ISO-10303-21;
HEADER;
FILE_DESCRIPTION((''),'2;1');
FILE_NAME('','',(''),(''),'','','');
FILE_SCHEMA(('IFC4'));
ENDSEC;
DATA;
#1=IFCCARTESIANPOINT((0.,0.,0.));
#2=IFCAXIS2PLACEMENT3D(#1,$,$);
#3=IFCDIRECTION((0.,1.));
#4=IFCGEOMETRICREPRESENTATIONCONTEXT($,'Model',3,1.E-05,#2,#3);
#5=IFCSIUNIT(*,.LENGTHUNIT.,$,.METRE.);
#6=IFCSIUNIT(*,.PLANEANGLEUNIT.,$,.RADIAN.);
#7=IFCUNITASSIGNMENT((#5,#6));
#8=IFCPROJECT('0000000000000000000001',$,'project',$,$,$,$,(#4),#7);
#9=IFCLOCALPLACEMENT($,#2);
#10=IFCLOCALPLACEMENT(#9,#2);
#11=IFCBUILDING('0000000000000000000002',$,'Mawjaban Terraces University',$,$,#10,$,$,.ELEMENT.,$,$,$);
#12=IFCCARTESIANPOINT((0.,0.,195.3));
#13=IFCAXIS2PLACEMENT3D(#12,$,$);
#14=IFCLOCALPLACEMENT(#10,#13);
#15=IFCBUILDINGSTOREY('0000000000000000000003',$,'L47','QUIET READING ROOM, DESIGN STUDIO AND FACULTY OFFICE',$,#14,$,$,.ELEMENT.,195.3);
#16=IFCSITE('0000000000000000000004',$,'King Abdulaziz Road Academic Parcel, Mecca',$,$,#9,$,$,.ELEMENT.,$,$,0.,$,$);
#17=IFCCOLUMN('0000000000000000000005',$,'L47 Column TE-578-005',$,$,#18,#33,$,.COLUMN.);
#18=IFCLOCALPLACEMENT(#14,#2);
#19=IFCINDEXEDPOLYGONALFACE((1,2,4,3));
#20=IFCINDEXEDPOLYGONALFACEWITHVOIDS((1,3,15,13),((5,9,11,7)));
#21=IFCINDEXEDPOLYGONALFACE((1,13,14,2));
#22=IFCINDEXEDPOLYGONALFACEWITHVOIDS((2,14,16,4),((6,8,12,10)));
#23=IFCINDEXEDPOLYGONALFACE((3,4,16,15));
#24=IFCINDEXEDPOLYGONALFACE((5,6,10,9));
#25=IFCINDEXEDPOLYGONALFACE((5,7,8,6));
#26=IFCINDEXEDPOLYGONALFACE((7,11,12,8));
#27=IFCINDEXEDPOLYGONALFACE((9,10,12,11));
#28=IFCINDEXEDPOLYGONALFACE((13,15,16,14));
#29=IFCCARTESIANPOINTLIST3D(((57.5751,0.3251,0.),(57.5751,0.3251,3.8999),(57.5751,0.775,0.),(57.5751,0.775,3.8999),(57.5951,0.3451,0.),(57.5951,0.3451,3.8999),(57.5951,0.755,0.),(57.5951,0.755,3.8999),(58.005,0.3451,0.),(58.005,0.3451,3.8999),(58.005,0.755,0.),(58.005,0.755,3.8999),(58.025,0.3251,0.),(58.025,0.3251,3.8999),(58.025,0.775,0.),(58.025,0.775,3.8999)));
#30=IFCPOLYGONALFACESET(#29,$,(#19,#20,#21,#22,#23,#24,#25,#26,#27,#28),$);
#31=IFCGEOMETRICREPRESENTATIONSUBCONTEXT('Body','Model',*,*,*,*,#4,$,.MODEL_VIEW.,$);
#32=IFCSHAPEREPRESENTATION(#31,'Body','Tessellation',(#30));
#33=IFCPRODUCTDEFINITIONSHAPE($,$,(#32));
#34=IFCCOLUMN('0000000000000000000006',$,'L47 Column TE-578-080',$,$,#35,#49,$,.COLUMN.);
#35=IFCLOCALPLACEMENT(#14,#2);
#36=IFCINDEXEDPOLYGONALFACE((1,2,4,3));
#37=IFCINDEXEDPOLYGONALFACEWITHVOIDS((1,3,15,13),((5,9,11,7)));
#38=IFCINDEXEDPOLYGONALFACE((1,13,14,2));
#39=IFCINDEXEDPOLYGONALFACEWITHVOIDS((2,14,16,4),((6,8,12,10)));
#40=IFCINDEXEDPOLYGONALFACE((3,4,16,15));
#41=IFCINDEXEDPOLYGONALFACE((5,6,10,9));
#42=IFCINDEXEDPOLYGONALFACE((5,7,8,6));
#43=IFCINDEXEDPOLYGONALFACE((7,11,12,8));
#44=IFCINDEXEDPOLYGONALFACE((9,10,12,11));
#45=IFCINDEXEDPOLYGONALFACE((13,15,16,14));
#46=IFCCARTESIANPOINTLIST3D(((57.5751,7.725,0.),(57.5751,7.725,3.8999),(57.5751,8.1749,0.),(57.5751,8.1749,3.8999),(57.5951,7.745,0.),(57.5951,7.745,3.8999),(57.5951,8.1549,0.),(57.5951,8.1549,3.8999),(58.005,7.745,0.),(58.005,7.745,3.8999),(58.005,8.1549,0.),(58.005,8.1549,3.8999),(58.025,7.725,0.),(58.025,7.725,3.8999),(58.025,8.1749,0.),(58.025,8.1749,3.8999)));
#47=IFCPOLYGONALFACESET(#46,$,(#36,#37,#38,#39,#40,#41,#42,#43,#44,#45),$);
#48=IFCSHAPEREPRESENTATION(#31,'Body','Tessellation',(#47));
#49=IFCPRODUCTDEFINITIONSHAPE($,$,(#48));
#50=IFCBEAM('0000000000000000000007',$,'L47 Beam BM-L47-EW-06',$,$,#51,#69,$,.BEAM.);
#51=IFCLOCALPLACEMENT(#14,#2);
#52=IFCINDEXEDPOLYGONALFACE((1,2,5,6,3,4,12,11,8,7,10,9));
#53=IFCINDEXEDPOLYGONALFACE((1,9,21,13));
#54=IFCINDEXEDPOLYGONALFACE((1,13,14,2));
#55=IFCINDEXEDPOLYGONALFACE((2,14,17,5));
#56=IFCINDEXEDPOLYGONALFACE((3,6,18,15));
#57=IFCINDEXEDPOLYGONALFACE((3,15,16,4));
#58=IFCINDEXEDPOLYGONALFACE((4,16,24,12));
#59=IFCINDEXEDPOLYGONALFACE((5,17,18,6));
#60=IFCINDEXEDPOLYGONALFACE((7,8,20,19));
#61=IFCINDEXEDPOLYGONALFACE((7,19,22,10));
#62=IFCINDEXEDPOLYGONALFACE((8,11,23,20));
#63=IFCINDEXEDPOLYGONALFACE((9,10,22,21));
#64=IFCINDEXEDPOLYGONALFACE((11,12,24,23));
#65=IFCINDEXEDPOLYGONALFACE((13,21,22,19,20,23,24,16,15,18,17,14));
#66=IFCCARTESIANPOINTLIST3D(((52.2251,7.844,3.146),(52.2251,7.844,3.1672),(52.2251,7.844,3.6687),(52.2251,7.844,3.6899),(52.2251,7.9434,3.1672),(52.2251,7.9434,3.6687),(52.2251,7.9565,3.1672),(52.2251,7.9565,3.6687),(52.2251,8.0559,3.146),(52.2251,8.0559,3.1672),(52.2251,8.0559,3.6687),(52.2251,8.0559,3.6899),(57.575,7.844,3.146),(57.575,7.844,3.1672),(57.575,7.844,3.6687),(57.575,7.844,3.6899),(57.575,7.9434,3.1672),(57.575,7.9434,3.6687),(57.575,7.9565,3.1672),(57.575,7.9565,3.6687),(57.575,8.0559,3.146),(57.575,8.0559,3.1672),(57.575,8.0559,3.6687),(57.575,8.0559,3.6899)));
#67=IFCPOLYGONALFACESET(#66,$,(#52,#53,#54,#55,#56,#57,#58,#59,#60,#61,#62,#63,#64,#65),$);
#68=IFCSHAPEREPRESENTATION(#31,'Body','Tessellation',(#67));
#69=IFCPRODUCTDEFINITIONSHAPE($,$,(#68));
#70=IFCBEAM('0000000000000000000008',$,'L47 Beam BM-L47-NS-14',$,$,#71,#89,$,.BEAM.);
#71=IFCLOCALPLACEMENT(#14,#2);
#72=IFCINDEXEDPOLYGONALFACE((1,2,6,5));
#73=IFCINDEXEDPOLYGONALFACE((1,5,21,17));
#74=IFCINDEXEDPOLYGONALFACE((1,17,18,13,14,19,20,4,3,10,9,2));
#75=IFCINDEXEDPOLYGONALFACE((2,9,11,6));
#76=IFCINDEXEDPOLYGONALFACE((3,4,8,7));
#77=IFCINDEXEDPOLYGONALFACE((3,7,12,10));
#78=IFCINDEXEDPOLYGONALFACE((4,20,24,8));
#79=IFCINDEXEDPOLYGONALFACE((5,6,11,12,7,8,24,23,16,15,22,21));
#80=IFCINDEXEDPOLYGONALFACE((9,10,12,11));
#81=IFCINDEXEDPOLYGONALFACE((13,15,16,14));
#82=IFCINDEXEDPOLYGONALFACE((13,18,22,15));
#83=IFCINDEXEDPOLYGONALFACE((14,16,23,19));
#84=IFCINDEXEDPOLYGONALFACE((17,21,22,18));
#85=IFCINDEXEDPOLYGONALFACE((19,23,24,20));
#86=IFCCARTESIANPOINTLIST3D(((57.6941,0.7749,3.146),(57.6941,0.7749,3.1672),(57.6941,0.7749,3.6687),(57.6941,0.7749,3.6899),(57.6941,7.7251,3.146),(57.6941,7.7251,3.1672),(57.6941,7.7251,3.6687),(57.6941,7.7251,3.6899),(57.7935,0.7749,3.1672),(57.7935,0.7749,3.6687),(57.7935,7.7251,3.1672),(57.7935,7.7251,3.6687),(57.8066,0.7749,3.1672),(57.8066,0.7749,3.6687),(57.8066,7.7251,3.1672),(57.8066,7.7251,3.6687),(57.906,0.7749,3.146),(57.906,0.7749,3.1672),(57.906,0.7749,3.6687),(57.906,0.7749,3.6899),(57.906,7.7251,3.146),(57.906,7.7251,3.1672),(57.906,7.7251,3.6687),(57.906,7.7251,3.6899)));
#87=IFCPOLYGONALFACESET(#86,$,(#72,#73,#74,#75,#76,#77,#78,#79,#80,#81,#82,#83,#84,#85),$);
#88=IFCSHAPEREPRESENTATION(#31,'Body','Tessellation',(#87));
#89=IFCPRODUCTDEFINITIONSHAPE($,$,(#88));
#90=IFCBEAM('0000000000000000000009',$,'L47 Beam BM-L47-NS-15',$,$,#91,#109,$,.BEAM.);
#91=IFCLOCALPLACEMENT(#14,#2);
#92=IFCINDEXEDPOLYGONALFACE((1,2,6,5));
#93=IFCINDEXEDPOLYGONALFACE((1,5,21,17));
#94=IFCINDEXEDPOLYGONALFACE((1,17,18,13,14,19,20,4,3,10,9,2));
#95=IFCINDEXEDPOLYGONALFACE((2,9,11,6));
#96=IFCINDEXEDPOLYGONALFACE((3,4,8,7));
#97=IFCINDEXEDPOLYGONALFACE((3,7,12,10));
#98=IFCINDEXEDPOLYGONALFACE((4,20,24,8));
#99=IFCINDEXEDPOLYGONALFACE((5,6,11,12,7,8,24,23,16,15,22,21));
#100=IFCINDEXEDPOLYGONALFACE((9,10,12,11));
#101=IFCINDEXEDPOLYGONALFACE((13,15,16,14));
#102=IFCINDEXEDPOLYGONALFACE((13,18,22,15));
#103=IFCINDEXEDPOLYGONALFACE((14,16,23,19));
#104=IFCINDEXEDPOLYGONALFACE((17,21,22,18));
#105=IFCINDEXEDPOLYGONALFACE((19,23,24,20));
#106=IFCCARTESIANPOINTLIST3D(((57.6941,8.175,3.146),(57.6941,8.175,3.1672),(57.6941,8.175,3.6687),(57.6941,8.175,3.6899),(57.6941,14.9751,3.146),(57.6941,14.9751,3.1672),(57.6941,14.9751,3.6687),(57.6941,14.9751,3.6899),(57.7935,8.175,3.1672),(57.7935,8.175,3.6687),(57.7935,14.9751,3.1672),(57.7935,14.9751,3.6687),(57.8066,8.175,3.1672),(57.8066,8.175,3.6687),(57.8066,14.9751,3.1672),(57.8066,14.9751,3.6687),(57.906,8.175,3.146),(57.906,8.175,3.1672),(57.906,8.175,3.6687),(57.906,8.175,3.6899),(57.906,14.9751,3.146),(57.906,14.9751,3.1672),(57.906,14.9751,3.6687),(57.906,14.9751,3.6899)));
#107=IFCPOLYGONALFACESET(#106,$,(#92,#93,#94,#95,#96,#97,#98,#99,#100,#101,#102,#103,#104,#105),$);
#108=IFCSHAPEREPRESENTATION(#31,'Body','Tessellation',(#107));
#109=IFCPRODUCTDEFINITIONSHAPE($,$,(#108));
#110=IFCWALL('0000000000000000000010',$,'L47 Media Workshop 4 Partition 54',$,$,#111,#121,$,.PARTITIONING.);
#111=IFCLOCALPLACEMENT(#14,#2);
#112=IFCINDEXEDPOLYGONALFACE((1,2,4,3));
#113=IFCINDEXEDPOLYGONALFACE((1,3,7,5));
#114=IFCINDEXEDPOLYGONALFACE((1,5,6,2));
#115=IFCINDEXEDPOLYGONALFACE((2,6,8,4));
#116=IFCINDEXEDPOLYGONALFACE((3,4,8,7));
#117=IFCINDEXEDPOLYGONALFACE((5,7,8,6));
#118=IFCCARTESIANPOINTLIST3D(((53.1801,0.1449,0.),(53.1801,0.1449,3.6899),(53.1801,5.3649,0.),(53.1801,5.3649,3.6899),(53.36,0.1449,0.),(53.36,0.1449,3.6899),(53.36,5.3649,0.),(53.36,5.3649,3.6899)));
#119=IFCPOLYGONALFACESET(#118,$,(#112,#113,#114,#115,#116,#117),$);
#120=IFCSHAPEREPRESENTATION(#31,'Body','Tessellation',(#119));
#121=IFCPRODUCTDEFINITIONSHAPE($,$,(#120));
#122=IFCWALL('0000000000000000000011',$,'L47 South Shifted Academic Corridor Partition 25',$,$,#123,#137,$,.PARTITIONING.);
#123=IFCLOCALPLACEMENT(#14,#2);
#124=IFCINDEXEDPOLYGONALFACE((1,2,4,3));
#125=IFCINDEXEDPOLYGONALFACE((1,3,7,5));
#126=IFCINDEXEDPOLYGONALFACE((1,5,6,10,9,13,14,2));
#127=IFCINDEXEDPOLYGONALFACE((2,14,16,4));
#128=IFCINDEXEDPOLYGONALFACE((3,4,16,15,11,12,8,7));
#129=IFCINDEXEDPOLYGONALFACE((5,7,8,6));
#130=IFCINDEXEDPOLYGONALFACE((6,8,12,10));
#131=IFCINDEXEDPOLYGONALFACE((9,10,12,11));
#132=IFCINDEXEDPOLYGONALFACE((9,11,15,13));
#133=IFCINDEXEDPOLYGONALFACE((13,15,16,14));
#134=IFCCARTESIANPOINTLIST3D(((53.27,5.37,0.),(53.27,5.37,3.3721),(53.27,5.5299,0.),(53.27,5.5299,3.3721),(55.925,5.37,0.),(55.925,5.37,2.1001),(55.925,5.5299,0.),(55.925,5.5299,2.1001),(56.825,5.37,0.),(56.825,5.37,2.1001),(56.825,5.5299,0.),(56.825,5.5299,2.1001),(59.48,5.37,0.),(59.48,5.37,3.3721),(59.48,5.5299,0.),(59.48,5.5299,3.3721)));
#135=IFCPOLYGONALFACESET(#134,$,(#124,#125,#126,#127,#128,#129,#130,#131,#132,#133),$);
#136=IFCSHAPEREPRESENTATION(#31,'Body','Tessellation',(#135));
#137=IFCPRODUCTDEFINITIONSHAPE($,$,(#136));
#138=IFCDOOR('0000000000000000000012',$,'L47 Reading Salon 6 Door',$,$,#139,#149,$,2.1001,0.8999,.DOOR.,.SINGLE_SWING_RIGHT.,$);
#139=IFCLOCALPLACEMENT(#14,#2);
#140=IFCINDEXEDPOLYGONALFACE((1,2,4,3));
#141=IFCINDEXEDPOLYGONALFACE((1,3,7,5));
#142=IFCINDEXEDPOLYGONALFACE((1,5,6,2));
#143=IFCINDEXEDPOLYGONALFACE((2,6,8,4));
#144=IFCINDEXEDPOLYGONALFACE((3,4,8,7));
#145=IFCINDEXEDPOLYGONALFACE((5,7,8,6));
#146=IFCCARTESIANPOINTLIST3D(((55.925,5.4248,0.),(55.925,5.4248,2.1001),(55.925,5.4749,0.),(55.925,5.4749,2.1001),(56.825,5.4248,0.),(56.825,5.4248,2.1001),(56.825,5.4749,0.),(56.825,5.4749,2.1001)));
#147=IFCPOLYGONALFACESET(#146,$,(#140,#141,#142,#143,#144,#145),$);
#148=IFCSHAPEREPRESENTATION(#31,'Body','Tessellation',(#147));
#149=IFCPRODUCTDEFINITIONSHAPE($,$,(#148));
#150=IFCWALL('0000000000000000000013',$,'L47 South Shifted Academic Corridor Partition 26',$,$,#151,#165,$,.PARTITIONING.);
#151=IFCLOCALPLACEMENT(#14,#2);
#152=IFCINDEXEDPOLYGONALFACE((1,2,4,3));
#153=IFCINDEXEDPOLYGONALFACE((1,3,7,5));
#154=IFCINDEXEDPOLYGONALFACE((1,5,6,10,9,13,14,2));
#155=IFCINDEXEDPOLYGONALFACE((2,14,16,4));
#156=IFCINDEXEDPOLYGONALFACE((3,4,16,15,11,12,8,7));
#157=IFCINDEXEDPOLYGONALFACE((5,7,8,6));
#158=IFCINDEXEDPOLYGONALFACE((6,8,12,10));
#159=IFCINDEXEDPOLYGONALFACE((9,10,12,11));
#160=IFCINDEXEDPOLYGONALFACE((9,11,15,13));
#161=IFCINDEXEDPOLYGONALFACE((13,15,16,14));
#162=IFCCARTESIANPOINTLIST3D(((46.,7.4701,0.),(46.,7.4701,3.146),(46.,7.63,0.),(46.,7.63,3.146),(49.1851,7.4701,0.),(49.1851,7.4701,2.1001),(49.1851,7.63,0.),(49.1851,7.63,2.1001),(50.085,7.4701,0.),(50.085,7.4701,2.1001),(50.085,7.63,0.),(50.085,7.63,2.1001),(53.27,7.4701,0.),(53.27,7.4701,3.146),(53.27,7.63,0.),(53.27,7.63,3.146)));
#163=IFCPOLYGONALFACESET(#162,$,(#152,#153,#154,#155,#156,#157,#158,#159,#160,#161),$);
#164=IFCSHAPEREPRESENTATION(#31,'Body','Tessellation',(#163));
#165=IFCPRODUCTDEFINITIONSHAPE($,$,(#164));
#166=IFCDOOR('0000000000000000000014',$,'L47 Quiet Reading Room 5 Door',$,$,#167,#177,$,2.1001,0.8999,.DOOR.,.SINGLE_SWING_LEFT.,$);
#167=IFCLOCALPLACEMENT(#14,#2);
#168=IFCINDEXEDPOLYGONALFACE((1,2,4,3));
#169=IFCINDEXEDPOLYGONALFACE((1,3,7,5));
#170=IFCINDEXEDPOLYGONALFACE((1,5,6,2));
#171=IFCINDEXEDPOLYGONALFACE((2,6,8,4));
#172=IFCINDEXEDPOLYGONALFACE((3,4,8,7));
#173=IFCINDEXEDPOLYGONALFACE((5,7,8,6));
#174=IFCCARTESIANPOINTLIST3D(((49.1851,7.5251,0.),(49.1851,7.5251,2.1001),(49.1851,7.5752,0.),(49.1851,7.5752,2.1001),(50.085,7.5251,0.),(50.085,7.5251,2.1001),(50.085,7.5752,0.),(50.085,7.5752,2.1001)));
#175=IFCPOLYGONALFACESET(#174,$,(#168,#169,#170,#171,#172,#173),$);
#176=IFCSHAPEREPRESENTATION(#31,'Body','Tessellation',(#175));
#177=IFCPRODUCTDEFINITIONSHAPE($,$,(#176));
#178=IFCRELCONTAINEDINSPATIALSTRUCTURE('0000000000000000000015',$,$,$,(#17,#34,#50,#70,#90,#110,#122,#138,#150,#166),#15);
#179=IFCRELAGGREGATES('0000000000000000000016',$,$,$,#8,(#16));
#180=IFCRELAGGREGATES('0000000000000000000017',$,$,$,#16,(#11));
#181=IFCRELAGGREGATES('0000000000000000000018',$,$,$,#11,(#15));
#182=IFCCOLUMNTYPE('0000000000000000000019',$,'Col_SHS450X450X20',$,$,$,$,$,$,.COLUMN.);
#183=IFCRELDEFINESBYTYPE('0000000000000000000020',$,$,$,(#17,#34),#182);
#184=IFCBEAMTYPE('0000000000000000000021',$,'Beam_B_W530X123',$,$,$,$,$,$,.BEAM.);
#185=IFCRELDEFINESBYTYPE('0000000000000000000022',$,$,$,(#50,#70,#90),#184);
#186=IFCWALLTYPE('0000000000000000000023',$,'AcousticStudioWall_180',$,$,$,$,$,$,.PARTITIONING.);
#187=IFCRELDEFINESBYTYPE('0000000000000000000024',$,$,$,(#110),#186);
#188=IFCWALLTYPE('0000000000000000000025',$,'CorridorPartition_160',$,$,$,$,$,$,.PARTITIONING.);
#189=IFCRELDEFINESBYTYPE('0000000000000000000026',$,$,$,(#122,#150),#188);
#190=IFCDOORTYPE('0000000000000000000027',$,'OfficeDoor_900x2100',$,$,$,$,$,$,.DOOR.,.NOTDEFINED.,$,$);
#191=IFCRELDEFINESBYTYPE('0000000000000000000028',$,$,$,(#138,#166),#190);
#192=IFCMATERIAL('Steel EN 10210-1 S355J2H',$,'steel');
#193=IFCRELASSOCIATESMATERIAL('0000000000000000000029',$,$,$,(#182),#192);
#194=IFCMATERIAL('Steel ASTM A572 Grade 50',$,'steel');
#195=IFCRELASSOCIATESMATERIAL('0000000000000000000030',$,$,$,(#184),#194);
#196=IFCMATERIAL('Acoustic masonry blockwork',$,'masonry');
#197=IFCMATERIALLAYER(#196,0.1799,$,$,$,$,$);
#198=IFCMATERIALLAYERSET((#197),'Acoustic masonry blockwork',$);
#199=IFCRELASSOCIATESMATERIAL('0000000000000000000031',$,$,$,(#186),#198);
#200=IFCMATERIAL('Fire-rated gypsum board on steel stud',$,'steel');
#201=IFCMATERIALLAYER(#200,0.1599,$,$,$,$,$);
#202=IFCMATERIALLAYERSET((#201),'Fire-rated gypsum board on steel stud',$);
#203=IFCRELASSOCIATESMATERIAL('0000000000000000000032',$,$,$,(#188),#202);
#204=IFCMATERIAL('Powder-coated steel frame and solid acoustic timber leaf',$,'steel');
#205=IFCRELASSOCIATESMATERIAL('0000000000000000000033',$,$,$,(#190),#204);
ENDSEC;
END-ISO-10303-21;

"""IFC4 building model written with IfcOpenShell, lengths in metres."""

from ifc_helpers import new_model, si_unit, direction, frame, frame_2d, origin, origin_2d, place, context, subcontext, project, spatial, rectangle, hollow_rectangle, i_section, extrude, material, layer, layer_set, material_profile, profile_set, type_object, element, fill, save


model = new_model("IFC4")

# Units and contexts
model_context = context("Model", 3, precision=1e-05, world=origin(), true_north=direction((0.0, 1.0)))
body_context = subcontext(model_context, "Body", "Model", "MODEL_VIEW")
ifc_project = project(units=[si_unit("LENGTHUNIT", "METRE"), si_unit("PLANEANGLEUNIT", "RADIAN")], contexts=[model_context])

# Site, building, storey
site_placement = place(None, origin())
site = spatial("IfcSite", under=ifc_project, at=site_placement, Name="King Abdulaziz Road Academic Parcel, Mecca", CompositionType="ELEMENT", RefElevation=0.0)
building_placement = place(site_placement, origin())
building = spatial("IfcBuilding", under=site, at=building_placement, Name="Mawjaban Terraces University", CompositionType="ELEMENT")
storey_placement = place(building_placement, frame((0.0, 0.0, 195.3)))
storey = spatial("IfcBuildingStorey", under=building, at=storey_placement, Name="L47", Description="QUIET READING ROOM, DESIGN STUDIO AND FACULTY OFFICE", CompositionType="ELEMENT", Elevation=195.3)

# Columns
ifc_material_1 = material(Name="Steel EN 10210-1 S355J2H", Category="steel")
ifc_material_profile_1 = material_profile(ifc_material_1, hollow_rectangle(XDim=0.45, YDim=0.45, WallThickness=0.02, at=origin_2d()), Name="SHS450X450X20")
ifc_profile_set_1 = profile_set([ifc_material_profile_1], Name="Steel EN 10210-1 S355J2H")
column_type = type_object("IfcColumnType", Name="Col_SHS450X450X20", PredefinedType="COLUMN", material=ifc_profile_set_1)
for number, where, z_axis, x_axis, name in (
    (1, (57.8, 0.55, 0.0), (0.0, 0.0, 1.0), (1.0, 0.0, 0.0), "L47 Column TE-578-005"),
    (2, (57.8, 7.95, 0.0), (0.0, 0.0, 1.0), (1.0, 0.0, 0.0), "L47 Column TE-578-080"),
):
    element("IfcColumn", number, at=place(storey_placement, frame(where, z_axis=z_axis, x_axis=x_axis)), inside=storey, type_object=column_type, Name=name, PredefinedType="COLUMN", context=body_context, shape_type="SweptSolid", body=[
        extrude(hollow_rectangle(XDim=0.45, YDim=0.45, WallThickness=0.02, at=origin_2d()), origin(), (0.0, 0.0, 1.0), 3.8999),
    ])

# Beams
ifc_material_2 = material(Name="Steel ASTM A572 Grade 50", Category="steel")
ifc_material_profile_2 = material_profile(ifc_material_2, i_section(OverallWidth=0.2119, OverallDepth=0.5439, WebThickness=0.0132, FlangeThickness=0.0212, at=origin_2d()), Name="W530X123")
ifc_profile_set_2 = profile_set([ifc_material_profile_2], Name="Steel ASTM A572 Grade 50")
beam_type = type_object("IfcBeamType", Name="Beam_B_W530X123", PredefinedType="BEAM", material=ifc_profile_set_2)
beam_1_placement = place(storey_placement, frame((52.2251, 7.95, 3.418), z_axis=(1.0, 0.0, 0.0), x_axis=(0.0, 1.0, 0.0)))
element("IfcBeam", 3, at=beam_1_placement, inside=storey, type_object=beam_type, Name="L47 Beam BM-L47-EW-06", PredefinedType="BEAM", context=body_context, shape_type="SweptSolid", body=[
    extrude(i_section(OverallWidth=0.2119, OverallDepth=0.5439, WebThickness=0.0132, FlangeThickness=0.0212, at=origin_2d()), origin(), (0.0, 0.0, 1.0), 5.3499),
])
beam_2_placement = place(storey_placement, frame((57.8, 0.7749, 3.418), z_axis=(0.0, 1.0, 0.0), x_axis=(-1.0, 0.0, 0.0)))
element("IfcBeam", 4, at=beam_2_placement, inside=storey, type_object=beam_type, Name="L47 Beam BM-L47-NS-14", PredefinedType="BEAM", context=body_context, shape_type="SweptSolid", body=[
    extrude(i_section(OverallWidth=0.2119, OverallDepth=0.5439, WebThickness=0.0132, FlangeThickness=0.0212, at=origin_2d()), origin(), (0.0, 0.0, 1.0), 6.9502),
])
beam_3_placement = place(storey_placement, frame((57.8, 8.175, 3.418), z_axis=(0.0, 1.0, 0.0), x_axis=(-1.0, 0.0, 0.0)))
element("IfcBeam", 5, at=beam_3_placement, inside=storey, type_object=beam_type, Name="L47 Beam BM-L47-NS-15", PredefinedType="BEAM", context=body_context, shape_type="SweptSolid", body=[
    extrude(i_section(OverallWidth=0.2119, OverallDepth=0.5439, WebThickness=0.0132, FlangeThickness=0.0212, at=origin_2d()), origin(), (0.0, 0.0, 1.0), 6.8),
])

# Wall
ifc_material_3 = material(Name="Acoustic masonry blockwork", Category="masonry")
ifc_layer_1 = layer(ifc_material_3, 0.1799)
ifc_layer_set_1 = layer_set([ifc_layer_1], Name="Acoustic masonry blockwork")
wall_type_1 = type_object("IfcWallType", Name="AcousticStudioWall_180", PredefinedType="PARTITIONING", material=ifc_layer_set_1)
wall_1_placement = place(storey_placement, frame((53.27, 0.145, 0.0), z_axis=(0.0, 0.0, 1.0), x_axis=(0.0, 1.0, 0.0)))
element("IfcWall", 6, at=wall_1_placement, inside=storey, type_object=wall_type_1, Name="L47 Media Workshop 4 Partition 54", PredefinedType="PARTITIONING", context=body_context, shape_type="SweptSolid", body=[
    extrude(rectangle(XDim=5.22, YDim=0.1799, at=frame_2d((2.6099, 0.0))), origin(), (0.0, 0.0, 1.0), 3.6899),
])

# Walls, openings, doors
ifc_material_4 = material(Name="Fire-rated gypsum board on steel stud", Category="steel")
ifc_layer_2 = layer(ifc_material_4, 0.1599)
ifc_layer_set_2 = layer_set([ifc_layer_2], Name="Fire-rated gypsum board on steel stud")
wall_type_2 = type_object("IfcWallType", Name="CorridorPartition_160", PredefinedType="PARTITIONING", material=ifc_layer_set_2)
wall_2_placement = place(storey_placement, frame((53.27, 5.45, 0.0), z_axis=(0.0, 0.0, 1.0), x_axis=(1.0, 0.0, 0.0)))
wall_2 = element("IfcWall", 7, at=wall_2_placement, inside=storey, type_object=wall_type_2, Name="L47 South Shifted Academic Corridor Partition 25", PredefinedType="PARTITIONING", context=body_context, shape_type="SweptSolid", body=[
    extrude(rectangle(XDim=6.21, YDim=0.1599, at=frame_2d((3.105, 0.0))), origin(), (0.0, 0.0, 1.0), 3.3721),
])
opening_1_placement = place(wall_2_placement, frame((2.655, 0.0, 0.0)))
opening_1 = element("IfcOpeningElement", 8, at=opening_1_placement, cuts=wall_2, PredefinedType="OPENING", context=body_context, shape_type="SweptSolid", body=[
    extrude(rectangle(XDim=0.8999, YDim=2.1001, at=frame_2d((0.45, 1.05))), frame((0.0, 0.0898, 0.0), z_axis=(0.0, -1.0, 0.0), x_axis=(1.0, 0.0, 0.0)), (0.0, 0.0, 1.0), 0.1799),
])
ifc_material_5 = material(Name="Powder-coated steel frame and solid acoustic timber leaf", Category="steel")
door_type_1 = type_object("IfcDoorType", Name="OfficeDoor_900x2100", OperationType="NOTDEFINED", PredefinedType="DOOR", material=ifc_material_5)
door_1_placement = place(opening_1_placement, origin())
door_1 = element("IfcDoor", 9, at=door_1_placement, inside=storey, type_object=door_type_1, Name="L47 Reading Salon 6 Door", OperationType="SINGLE_SWING_RIGHT", OverallHeight=2.1001, OverallWidth=0.8999, PredefinedType="DOOR", context=body_context, shape_type="SweptSolid", body=[
    extrude(rectangle(XDim=0.8999, YDim=2.1001, at=frame_2d((0.45, 1.05))), frame((0.0, 0.0249, 0.0), z_axis=(0.0, -1.0, 0.0), x_axis=(1.0, 0.0, 0.0)), (0.0, 0.0, 1.0), 0.05),
])
fill(opening_1, door_1)
wall_3_placement = place(storey_placement, frame((53.27, 7.55, 0.0), z_axis=(0.0, 0.0, 1.0), x_axis=(-1.0, 0.0, 0.0)))
wall_3 = element("IfcWall", 10, at=wall_3_placement, inside=storey, type_object=wall_type_2, Name="L47 South Shifted Academic Corridor Partition 26", PredefinedType="PARTITIONING", context=body_context, shape_type="SweptSolid", body=[
    extrude(rectangle(XDim=7.27, YDim=0.1599, at=frame_2d((3.635, 0.0))), origin(), (0.0, 0.0, 1.0), 3.146),
])
opening_2_placement = place(wall_3_placement, frame((3.1851, 0.0, 0.0)))
opening_2 = element("IfcOpeningElement", 11, at=opening_2_placement, cuts=wall_3, PredefinedType="OPENING", context=body_context, shape_type="SweptSolid", body=[
    extrude(rectangle(XDim=0.8999, YDim=2.1001, at=frame_2d((0.45, 1.05))), frame((0.0, 0.0898, 0.0), z_axis=(0.0, -1.0, 0.0), x_axis=(1.0, 0.0, 0.0)), (0.0, 0.0, 1.0), 0.1799),
])
door_2_placement = place(opening_2_placement, origin())
door_2 = element("IfcDoor", 12, at=door_2_placement, inside=storey, type_object=door_type_1, Name="L47 Quiet Reading Room 5 Door", OperationType="SINGLE_SWING_LEFT", OverallHeight=2.1001, OverallWidth=0.8999, PredefinedType="DOOR", context=body_context, shape_type="SweptSolid", body=[
    extrude(rectangle(XDim=0.8999, YDim=2.1001, at=frame_2d((0.45, 1.05))), frame((0.0, 0.0249, 0.0), z_axis=(0.0, -1.0, 0.0), x_axis=(1.0, 0.0, 0.0)), (0.0, 0.0, 1.0), 0.05),
])
fill(opening_2, door_2)

save(model, "model.ifc")
